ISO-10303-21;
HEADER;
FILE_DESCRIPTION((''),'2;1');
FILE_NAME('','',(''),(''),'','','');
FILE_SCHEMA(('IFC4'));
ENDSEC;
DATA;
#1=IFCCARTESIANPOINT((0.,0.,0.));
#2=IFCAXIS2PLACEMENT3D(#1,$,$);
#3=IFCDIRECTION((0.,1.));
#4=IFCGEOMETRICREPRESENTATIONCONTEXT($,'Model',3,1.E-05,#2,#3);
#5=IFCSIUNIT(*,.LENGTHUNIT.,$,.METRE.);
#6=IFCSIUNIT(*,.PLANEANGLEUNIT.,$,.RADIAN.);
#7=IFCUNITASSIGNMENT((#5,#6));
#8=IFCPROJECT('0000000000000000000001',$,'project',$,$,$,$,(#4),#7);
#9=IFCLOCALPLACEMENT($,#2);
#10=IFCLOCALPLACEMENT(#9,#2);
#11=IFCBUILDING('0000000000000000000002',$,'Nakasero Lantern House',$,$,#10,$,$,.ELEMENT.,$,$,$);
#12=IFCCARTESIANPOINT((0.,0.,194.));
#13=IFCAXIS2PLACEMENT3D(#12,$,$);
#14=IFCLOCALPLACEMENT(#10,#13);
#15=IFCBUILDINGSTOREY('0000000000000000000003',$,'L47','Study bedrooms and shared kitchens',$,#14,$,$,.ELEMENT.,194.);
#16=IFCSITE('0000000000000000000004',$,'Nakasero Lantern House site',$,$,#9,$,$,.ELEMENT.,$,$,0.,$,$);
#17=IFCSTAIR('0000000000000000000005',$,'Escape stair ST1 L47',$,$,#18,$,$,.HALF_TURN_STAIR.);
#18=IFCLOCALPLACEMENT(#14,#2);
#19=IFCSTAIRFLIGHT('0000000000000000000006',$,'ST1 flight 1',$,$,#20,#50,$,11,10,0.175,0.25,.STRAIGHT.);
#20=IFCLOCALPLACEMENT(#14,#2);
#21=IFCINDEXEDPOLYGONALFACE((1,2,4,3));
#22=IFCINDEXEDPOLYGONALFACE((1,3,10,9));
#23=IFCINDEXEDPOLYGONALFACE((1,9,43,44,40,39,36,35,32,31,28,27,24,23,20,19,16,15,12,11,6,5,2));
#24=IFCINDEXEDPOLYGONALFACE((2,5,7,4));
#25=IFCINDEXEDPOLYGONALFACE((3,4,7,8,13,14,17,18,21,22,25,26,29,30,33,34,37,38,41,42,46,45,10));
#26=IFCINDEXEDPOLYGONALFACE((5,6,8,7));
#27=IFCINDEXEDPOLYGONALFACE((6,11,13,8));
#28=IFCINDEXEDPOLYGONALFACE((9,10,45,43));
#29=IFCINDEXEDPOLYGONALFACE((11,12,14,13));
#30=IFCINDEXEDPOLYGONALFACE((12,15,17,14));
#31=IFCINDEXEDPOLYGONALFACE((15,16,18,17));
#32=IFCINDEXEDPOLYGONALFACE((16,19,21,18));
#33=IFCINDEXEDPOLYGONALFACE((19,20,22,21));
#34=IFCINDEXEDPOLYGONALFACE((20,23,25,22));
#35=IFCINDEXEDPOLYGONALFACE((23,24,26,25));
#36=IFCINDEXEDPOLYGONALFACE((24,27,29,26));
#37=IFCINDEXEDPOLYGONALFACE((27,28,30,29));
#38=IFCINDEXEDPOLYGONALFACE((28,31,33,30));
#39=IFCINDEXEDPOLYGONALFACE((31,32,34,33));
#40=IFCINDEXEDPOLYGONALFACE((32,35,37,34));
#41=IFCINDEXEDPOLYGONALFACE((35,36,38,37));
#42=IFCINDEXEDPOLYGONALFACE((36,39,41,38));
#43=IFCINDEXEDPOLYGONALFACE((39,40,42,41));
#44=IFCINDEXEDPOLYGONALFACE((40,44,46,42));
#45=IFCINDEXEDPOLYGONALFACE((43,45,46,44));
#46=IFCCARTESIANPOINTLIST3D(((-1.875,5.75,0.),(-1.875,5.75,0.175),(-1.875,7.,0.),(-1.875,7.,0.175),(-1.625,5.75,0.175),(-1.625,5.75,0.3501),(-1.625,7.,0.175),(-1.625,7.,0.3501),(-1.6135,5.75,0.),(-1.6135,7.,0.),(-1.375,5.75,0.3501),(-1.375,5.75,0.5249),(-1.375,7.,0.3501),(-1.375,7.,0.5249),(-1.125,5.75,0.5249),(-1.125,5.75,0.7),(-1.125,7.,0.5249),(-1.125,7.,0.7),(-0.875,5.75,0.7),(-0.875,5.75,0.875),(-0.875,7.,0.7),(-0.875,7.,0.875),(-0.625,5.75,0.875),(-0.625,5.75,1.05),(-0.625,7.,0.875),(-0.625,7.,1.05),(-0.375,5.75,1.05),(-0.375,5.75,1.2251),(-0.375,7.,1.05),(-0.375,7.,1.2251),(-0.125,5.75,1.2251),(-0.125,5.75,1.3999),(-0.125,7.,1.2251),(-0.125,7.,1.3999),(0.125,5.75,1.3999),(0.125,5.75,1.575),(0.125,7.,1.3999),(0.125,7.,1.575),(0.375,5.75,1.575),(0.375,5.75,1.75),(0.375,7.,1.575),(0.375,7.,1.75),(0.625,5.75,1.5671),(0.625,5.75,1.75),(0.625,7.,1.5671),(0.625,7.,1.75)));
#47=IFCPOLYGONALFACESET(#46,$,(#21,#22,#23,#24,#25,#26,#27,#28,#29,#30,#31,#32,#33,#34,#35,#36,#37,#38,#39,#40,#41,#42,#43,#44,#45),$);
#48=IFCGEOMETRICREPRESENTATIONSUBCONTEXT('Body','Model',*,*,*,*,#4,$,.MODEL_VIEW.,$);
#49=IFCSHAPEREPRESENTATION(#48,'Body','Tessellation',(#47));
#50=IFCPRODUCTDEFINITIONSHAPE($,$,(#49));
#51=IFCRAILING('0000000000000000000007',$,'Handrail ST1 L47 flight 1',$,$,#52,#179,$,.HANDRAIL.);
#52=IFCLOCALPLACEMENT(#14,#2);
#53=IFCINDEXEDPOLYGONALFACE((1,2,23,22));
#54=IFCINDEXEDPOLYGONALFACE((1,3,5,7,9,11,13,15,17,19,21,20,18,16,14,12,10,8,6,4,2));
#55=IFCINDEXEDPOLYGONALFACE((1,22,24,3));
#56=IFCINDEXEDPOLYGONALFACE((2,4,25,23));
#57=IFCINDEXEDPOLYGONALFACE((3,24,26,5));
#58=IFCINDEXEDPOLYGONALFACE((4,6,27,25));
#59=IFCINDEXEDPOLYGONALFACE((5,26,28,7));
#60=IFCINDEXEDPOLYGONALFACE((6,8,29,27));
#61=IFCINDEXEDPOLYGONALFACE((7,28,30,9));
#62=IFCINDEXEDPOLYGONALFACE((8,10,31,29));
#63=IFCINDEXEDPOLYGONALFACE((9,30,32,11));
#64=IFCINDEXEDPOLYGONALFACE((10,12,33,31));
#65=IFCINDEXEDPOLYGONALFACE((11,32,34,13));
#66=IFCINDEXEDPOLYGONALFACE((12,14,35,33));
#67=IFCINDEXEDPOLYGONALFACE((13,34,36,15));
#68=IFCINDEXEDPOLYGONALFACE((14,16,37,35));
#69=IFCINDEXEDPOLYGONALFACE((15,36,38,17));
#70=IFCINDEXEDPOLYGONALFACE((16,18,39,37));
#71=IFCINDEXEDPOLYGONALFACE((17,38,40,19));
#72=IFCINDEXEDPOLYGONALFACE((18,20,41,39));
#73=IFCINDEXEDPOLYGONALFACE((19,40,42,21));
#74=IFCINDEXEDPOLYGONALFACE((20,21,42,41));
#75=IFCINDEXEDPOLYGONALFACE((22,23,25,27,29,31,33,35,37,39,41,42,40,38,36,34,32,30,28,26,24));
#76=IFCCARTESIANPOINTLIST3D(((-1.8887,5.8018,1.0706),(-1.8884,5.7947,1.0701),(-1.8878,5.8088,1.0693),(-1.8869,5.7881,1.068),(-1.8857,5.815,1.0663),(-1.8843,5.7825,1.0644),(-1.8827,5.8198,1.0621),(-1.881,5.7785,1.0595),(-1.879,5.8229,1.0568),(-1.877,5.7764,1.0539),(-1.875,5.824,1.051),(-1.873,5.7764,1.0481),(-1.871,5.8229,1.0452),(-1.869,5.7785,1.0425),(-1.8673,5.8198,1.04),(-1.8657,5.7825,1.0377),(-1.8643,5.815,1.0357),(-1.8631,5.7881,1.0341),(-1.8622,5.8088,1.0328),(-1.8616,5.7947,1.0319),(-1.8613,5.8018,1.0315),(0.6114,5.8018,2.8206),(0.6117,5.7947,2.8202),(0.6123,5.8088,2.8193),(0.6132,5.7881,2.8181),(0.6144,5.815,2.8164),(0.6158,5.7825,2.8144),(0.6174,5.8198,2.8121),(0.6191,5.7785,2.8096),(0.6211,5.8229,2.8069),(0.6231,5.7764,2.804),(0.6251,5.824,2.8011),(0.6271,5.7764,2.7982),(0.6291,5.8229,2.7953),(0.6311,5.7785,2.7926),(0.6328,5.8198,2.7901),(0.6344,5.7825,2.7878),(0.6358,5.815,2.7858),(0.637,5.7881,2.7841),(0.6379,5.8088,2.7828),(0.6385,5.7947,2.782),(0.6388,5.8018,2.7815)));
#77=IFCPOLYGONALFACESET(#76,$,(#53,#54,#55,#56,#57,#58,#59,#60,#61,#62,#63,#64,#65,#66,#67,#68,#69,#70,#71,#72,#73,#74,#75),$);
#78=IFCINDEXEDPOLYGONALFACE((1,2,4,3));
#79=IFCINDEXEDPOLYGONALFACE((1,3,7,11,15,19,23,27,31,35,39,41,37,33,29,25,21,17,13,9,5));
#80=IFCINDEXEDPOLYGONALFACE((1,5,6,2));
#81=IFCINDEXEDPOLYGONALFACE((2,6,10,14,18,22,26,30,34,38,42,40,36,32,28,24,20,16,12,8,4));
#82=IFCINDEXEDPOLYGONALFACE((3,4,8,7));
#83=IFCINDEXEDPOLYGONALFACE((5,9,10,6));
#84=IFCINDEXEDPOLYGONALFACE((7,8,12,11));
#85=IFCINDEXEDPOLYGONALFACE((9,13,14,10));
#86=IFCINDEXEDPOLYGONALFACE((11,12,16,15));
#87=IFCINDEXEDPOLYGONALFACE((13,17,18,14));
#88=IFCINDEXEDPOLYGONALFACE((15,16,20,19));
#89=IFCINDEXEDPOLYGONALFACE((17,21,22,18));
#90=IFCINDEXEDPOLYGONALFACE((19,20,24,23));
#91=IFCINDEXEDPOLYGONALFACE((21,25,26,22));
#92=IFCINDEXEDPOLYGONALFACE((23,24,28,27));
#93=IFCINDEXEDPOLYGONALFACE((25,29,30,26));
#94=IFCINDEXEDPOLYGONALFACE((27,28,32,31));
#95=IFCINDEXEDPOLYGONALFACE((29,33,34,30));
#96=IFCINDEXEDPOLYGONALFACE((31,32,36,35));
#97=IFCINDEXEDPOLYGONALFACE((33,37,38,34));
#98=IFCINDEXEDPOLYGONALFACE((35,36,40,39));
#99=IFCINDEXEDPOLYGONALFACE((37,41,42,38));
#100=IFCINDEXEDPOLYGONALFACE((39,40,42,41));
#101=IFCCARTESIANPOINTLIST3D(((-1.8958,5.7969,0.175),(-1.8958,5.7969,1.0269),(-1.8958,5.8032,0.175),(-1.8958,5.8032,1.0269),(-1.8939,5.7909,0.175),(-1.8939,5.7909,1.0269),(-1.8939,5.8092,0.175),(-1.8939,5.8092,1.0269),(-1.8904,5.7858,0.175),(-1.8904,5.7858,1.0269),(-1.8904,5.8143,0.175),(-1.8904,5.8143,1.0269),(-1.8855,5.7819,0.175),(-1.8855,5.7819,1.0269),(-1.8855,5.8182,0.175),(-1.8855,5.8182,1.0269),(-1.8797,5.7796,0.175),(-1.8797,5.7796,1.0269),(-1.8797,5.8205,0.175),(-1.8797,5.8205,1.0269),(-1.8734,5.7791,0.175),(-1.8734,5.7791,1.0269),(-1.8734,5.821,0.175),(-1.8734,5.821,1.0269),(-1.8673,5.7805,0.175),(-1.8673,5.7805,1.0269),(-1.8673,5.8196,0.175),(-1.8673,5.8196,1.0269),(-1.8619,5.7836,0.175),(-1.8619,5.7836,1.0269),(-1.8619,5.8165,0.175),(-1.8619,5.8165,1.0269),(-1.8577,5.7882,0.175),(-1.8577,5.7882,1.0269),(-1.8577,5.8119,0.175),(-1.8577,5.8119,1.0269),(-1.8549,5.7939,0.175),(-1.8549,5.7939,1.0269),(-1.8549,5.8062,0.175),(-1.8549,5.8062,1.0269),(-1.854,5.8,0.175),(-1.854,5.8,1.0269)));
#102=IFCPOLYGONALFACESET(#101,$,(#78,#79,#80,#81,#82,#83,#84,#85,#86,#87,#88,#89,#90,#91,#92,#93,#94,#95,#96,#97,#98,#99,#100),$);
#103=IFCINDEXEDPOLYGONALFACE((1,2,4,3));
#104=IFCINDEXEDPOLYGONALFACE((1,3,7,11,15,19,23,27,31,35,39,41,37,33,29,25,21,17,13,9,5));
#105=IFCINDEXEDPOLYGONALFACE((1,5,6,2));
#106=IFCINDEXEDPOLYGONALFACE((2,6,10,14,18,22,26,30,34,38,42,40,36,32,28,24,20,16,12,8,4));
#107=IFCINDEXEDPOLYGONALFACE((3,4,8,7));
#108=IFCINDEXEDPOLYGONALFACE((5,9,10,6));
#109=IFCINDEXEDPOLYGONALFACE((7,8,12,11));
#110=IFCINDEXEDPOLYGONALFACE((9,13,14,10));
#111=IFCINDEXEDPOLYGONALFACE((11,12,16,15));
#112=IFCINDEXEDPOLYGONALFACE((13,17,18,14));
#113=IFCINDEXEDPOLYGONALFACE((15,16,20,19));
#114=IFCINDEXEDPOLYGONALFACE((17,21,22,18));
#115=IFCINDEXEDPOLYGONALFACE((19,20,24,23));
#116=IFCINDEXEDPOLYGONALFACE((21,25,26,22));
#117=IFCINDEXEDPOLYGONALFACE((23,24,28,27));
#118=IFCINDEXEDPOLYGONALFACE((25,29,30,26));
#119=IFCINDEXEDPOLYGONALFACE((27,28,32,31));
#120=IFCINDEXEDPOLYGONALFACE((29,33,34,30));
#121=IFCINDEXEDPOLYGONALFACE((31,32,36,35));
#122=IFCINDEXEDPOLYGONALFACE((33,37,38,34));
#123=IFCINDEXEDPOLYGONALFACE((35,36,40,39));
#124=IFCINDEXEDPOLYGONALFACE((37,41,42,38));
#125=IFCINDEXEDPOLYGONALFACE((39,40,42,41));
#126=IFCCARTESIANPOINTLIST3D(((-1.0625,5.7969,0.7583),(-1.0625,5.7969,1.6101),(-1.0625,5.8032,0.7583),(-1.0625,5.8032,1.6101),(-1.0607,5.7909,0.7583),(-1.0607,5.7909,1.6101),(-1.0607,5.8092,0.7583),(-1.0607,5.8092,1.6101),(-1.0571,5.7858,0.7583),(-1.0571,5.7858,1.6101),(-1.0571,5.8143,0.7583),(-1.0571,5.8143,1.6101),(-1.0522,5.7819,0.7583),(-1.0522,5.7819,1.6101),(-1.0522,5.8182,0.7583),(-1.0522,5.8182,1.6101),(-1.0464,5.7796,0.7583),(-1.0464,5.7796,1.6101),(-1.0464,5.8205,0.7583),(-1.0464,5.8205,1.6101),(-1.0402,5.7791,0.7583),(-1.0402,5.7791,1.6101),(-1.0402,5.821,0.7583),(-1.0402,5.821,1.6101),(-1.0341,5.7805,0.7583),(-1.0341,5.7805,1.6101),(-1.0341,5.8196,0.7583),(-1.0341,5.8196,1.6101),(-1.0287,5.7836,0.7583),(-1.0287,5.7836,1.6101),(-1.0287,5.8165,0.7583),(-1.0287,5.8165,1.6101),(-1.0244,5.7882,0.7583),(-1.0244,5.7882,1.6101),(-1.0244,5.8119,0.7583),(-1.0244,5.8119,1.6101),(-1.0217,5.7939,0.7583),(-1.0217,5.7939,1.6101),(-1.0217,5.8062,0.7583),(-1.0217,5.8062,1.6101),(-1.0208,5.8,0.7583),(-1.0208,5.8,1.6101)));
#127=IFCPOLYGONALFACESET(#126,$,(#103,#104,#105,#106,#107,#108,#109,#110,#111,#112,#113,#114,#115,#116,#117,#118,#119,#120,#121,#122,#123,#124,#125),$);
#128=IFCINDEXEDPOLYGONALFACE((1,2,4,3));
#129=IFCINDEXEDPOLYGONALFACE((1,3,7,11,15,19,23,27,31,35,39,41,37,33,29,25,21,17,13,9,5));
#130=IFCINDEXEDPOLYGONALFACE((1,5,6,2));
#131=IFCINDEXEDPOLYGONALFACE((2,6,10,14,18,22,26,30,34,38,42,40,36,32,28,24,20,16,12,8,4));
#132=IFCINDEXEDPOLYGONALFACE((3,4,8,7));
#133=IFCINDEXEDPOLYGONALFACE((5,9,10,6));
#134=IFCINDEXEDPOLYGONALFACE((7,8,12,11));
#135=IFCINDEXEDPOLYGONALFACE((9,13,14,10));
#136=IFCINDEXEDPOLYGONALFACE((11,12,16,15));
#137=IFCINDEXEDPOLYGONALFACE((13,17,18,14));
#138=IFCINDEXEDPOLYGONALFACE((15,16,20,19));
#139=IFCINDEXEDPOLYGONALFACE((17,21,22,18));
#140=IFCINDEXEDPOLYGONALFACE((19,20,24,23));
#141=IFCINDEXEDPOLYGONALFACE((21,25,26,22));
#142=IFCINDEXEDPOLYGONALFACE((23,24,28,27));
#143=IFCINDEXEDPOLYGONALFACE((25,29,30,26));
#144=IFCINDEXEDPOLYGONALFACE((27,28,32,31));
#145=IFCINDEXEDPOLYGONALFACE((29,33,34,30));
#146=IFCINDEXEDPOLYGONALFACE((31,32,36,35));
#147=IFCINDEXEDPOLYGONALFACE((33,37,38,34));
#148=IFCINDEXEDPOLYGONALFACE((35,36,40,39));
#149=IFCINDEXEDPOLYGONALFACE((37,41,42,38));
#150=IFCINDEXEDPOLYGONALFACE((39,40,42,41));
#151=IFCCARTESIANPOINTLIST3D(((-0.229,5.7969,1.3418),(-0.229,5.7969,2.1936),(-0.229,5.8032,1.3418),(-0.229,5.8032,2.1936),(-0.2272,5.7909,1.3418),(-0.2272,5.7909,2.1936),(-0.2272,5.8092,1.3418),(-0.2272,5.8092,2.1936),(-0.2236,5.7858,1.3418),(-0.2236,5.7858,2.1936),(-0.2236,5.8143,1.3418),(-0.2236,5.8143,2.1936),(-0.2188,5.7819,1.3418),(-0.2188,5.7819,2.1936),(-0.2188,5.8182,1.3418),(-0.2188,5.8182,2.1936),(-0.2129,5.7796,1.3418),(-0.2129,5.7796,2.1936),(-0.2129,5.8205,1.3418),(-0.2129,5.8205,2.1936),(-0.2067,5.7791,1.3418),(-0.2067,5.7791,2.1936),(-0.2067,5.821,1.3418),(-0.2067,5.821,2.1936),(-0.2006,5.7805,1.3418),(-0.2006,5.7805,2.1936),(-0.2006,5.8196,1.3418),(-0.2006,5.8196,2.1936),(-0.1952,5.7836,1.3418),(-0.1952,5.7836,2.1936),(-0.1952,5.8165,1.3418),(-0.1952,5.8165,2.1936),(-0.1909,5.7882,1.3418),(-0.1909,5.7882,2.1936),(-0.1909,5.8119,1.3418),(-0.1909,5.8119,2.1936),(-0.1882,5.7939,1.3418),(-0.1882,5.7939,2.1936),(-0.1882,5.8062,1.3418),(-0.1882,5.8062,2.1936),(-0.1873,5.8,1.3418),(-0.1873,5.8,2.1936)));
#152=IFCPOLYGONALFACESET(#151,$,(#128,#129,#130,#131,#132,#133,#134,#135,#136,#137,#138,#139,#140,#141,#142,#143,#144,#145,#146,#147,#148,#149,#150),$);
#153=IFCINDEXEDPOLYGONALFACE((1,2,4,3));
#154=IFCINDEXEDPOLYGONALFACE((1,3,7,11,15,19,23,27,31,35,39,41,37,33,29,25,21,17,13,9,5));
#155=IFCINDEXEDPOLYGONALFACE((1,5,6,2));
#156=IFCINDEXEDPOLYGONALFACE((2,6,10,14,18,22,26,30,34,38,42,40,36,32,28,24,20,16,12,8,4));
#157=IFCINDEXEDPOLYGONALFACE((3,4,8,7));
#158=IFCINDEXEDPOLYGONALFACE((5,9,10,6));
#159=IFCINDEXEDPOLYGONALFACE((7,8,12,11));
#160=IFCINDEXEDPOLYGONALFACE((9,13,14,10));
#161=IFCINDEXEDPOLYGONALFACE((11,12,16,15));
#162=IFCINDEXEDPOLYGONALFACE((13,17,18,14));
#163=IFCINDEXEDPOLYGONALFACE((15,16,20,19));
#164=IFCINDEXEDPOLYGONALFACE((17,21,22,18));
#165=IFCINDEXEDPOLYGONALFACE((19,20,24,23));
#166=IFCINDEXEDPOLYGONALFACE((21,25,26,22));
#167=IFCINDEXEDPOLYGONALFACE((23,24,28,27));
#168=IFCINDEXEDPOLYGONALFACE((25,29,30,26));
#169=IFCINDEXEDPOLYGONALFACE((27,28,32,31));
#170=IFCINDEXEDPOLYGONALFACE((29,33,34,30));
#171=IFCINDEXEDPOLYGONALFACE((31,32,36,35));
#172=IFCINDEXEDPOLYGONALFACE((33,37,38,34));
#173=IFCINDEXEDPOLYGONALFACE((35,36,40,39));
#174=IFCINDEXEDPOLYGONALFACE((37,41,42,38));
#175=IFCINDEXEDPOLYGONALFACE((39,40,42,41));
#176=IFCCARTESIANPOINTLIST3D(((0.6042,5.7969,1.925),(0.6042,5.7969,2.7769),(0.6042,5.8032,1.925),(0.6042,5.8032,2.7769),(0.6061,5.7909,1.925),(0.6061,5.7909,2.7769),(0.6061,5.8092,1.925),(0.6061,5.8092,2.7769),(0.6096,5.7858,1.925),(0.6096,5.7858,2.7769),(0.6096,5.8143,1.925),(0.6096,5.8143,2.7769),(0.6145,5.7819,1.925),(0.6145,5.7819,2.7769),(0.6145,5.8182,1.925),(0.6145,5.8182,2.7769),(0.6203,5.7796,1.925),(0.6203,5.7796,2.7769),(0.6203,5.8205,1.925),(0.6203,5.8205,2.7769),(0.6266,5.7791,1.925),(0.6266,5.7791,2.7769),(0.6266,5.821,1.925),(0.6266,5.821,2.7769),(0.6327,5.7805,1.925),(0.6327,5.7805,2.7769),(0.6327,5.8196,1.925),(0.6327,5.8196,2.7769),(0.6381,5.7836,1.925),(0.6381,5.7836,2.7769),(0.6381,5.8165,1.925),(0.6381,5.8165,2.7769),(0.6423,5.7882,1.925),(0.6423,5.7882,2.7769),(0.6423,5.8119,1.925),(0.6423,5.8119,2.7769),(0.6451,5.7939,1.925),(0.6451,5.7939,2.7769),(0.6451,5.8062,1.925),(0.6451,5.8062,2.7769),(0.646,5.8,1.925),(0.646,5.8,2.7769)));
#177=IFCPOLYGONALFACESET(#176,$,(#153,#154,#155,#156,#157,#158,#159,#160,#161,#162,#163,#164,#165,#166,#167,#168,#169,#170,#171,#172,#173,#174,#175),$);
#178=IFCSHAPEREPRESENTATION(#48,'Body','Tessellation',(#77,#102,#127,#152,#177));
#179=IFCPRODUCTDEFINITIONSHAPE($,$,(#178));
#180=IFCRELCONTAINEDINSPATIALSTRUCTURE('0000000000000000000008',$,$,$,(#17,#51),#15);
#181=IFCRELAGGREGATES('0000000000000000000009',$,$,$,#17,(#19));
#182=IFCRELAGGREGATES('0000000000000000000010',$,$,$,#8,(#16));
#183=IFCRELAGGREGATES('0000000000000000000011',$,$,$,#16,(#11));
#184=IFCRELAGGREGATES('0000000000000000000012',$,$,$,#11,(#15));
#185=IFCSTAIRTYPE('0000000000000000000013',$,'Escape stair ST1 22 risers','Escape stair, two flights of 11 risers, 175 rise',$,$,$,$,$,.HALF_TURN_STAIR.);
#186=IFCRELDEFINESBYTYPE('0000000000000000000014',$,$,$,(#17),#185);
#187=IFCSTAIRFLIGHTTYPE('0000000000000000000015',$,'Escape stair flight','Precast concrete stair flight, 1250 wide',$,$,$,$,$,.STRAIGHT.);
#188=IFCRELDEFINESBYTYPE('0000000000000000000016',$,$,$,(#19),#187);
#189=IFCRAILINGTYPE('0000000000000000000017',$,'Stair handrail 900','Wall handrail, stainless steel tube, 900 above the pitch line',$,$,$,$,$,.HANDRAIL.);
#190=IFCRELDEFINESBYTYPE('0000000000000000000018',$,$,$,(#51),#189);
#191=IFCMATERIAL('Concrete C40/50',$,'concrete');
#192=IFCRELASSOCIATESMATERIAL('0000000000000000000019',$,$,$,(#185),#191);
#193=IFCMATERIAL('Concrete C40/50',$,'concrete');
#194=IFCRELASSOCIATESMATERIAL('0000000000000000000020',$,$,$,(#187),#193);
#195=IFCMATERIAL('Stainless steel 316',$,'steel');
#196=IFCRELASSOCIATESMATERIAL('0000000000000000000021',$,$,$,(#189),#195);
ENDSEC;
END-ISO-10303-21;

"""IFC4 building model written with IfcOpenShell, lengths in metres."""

from ifc_helpers import new_model, si_unit, direction, frame, origin, origin_2d, place, context, subcontext, project, spatial, polyline, circle, outline, extrude, material, type_object, element, aggregate, save


model = new_model("IFC4")

# Units and contexts
model_context = context("Model", 3, precision=1e-05, world=origin(), true_north=direction((0.0, 1.0)))
body_context = subcontext(model_context, "Body", "Model", "MODEL_VIEW")
ifc_project = project(units=[si_unit("LENGTHUNIT", "METRE"), si_unit("PLANEANGLEUNIT", "RADIAN")], contexts=[model_context])

# Site, building, storey
site_placement = place(None, origin())
site = spatial("IfcSite", under=ifc_project, at=site_placement, Name="Nakasero Lantern House site", CompositionType="ELEMENT", RefElevation=0.0)
building_placement = place(site_placement, origin())
building = spatial("IfcBuilding", under=site, at=building_placement, Name="Nakasero Lantern House", CompositionType="ELEMENT")
storey_placement = place(building_placement, frame((0.0, 0.0, 194.0)))
storey = spatial("IfcBuildingStorey", under=building, at=storey_placement, Name="L47", Description="Study bedrooms and shared kitchens", CompositionType="ELEMENT", Elevation=194.0)

# Stair, stair flight
ifc_material_1 = material(Name="Concrete C40/50", Category="concrete")
stair_type = type_object("IfcStairType", Name="Escape stair ST1 22 risers", Description="Escape stair, two flights of 11 risers, 175 rise", PredefinedType="HALF_TURN_STAIR", material=ifc_material_1)
stair_placement = place(storey_placement, origin())
stair = element("IfcStair", 1, at=stair_placement, inside=storey, type_object=stair_type, Name="Escape stair ST1 L47", PredefinedType="HALF_TURN_STAIR")
ifc_material_2 = material(Name="Concrete C40/50", Category="concrete")
stair_flight_type = type_object("IfcStairFlightType", Name="Escape stair flight", Description="Precast concrete stair flight, 1250 wide", PredefinedType="STRAIGHT", material=ifc_material_2)
stair_flight_placement = place(storey_placement, frame((-1.875, 6.375, 0.0), z_axis=(0.0, 0.0, 1.0), x_axis=(1.0, 0.0, 0.0)))
stair_flight = element("IfcStairFlight", 2, at=stair_flight_placement, type_object=stair_flight_type, Name="ST1 flight 1", NumberOfRisers=11, NumberOfTreads=10, PredefinedType="STRAIGHT", RiserHeight=0.175, TreadLength=0.25, context=body_context, shape_type="SweptSolid", body=[
    extrude(outline(polyline([(0.0, 0.0), (0.0, 0.175), (0.25, 0.175), (0.25, 0.3501), (0.5, 0.3501), (0.5, 0.5249), (0.75, 0.5249), (0.75, 0.7), (1.0, 0.7), (1.0, 0.875), (1.25, 0.875), (1.25, 1.05), (1.5, 1.05), (1.5, 1.2251), (1.75, 1.2251), (1.75, 1.3999), (2.0, 1.3999), (2.0, 1.575), (2.25, 1.575), (2.25, 1.75), (2.5, 1.75), (2.5, 1.925), (2.5, 1.5671), (0.2615, 0.0), (0.0, 0.0)])), frame((0.0, 0.625, 0.0), z_axis=(0.0, -1.0, 0.0), x_axis=(1.0, 0.0, 0.0)), (0.0, 0.0, 1.0), 1.25),
])
aggregate(stair, [stair_flight])

# Railing
ifc_material_3 = material(Name="Stainless steel 316", Category="steel")
railing_type = type_object("IfcRailingType", Name="Stair handrail 900", Description="Wall handrail, stainless steel tube, 900 above the pitch line", PredefinedType="HANDRAIL", material=ifc_material_3)
railing_placement = place(storey_placement, frame((-1.875, 5.8, 0.175)))
element("IfcRailing", 3, at=railing_placement, inside=storey, type_object=railing_type, Name="Handrail ST1 L47 flight 1", PredefinedType="HANDRAIL", context=body_context, shape_type="SweptSolid", body=[
    extrude(circle(Radius=0.0239, at=origin_2d()), frame((0.0, 0.0, 0.876), z_axis=(0.819232, 0.0, 0.573462), x_axis=(0.0, 1.0, 0.0)), (0.0, 0.0, 1.0), 3.0518),
    extrude(circle(Radius=0.021, at=origin_2d()), origin(), (0.0, 0.0, 1.0), 0.8518),
    extrude(circle(Radius=0.021, at=origin_2d()), frame((0.8333, 0.0, 0.5833)), (0.0, 0.0, 1.0), 0.8518),
    extrude(circle(Radius=0.021, at=origin_2d()), frame((1.6667, 0.0, 1.1667)), (0.0, 0.0, 1.0), 0.8518),
    extrude(circle(Radius=0.021, at=origin_2d()), frame((2.5, 0.0, 1.75)), (0.0, 0.0, 1.0), 0.8518),
])

save(model, "model.ifc")
